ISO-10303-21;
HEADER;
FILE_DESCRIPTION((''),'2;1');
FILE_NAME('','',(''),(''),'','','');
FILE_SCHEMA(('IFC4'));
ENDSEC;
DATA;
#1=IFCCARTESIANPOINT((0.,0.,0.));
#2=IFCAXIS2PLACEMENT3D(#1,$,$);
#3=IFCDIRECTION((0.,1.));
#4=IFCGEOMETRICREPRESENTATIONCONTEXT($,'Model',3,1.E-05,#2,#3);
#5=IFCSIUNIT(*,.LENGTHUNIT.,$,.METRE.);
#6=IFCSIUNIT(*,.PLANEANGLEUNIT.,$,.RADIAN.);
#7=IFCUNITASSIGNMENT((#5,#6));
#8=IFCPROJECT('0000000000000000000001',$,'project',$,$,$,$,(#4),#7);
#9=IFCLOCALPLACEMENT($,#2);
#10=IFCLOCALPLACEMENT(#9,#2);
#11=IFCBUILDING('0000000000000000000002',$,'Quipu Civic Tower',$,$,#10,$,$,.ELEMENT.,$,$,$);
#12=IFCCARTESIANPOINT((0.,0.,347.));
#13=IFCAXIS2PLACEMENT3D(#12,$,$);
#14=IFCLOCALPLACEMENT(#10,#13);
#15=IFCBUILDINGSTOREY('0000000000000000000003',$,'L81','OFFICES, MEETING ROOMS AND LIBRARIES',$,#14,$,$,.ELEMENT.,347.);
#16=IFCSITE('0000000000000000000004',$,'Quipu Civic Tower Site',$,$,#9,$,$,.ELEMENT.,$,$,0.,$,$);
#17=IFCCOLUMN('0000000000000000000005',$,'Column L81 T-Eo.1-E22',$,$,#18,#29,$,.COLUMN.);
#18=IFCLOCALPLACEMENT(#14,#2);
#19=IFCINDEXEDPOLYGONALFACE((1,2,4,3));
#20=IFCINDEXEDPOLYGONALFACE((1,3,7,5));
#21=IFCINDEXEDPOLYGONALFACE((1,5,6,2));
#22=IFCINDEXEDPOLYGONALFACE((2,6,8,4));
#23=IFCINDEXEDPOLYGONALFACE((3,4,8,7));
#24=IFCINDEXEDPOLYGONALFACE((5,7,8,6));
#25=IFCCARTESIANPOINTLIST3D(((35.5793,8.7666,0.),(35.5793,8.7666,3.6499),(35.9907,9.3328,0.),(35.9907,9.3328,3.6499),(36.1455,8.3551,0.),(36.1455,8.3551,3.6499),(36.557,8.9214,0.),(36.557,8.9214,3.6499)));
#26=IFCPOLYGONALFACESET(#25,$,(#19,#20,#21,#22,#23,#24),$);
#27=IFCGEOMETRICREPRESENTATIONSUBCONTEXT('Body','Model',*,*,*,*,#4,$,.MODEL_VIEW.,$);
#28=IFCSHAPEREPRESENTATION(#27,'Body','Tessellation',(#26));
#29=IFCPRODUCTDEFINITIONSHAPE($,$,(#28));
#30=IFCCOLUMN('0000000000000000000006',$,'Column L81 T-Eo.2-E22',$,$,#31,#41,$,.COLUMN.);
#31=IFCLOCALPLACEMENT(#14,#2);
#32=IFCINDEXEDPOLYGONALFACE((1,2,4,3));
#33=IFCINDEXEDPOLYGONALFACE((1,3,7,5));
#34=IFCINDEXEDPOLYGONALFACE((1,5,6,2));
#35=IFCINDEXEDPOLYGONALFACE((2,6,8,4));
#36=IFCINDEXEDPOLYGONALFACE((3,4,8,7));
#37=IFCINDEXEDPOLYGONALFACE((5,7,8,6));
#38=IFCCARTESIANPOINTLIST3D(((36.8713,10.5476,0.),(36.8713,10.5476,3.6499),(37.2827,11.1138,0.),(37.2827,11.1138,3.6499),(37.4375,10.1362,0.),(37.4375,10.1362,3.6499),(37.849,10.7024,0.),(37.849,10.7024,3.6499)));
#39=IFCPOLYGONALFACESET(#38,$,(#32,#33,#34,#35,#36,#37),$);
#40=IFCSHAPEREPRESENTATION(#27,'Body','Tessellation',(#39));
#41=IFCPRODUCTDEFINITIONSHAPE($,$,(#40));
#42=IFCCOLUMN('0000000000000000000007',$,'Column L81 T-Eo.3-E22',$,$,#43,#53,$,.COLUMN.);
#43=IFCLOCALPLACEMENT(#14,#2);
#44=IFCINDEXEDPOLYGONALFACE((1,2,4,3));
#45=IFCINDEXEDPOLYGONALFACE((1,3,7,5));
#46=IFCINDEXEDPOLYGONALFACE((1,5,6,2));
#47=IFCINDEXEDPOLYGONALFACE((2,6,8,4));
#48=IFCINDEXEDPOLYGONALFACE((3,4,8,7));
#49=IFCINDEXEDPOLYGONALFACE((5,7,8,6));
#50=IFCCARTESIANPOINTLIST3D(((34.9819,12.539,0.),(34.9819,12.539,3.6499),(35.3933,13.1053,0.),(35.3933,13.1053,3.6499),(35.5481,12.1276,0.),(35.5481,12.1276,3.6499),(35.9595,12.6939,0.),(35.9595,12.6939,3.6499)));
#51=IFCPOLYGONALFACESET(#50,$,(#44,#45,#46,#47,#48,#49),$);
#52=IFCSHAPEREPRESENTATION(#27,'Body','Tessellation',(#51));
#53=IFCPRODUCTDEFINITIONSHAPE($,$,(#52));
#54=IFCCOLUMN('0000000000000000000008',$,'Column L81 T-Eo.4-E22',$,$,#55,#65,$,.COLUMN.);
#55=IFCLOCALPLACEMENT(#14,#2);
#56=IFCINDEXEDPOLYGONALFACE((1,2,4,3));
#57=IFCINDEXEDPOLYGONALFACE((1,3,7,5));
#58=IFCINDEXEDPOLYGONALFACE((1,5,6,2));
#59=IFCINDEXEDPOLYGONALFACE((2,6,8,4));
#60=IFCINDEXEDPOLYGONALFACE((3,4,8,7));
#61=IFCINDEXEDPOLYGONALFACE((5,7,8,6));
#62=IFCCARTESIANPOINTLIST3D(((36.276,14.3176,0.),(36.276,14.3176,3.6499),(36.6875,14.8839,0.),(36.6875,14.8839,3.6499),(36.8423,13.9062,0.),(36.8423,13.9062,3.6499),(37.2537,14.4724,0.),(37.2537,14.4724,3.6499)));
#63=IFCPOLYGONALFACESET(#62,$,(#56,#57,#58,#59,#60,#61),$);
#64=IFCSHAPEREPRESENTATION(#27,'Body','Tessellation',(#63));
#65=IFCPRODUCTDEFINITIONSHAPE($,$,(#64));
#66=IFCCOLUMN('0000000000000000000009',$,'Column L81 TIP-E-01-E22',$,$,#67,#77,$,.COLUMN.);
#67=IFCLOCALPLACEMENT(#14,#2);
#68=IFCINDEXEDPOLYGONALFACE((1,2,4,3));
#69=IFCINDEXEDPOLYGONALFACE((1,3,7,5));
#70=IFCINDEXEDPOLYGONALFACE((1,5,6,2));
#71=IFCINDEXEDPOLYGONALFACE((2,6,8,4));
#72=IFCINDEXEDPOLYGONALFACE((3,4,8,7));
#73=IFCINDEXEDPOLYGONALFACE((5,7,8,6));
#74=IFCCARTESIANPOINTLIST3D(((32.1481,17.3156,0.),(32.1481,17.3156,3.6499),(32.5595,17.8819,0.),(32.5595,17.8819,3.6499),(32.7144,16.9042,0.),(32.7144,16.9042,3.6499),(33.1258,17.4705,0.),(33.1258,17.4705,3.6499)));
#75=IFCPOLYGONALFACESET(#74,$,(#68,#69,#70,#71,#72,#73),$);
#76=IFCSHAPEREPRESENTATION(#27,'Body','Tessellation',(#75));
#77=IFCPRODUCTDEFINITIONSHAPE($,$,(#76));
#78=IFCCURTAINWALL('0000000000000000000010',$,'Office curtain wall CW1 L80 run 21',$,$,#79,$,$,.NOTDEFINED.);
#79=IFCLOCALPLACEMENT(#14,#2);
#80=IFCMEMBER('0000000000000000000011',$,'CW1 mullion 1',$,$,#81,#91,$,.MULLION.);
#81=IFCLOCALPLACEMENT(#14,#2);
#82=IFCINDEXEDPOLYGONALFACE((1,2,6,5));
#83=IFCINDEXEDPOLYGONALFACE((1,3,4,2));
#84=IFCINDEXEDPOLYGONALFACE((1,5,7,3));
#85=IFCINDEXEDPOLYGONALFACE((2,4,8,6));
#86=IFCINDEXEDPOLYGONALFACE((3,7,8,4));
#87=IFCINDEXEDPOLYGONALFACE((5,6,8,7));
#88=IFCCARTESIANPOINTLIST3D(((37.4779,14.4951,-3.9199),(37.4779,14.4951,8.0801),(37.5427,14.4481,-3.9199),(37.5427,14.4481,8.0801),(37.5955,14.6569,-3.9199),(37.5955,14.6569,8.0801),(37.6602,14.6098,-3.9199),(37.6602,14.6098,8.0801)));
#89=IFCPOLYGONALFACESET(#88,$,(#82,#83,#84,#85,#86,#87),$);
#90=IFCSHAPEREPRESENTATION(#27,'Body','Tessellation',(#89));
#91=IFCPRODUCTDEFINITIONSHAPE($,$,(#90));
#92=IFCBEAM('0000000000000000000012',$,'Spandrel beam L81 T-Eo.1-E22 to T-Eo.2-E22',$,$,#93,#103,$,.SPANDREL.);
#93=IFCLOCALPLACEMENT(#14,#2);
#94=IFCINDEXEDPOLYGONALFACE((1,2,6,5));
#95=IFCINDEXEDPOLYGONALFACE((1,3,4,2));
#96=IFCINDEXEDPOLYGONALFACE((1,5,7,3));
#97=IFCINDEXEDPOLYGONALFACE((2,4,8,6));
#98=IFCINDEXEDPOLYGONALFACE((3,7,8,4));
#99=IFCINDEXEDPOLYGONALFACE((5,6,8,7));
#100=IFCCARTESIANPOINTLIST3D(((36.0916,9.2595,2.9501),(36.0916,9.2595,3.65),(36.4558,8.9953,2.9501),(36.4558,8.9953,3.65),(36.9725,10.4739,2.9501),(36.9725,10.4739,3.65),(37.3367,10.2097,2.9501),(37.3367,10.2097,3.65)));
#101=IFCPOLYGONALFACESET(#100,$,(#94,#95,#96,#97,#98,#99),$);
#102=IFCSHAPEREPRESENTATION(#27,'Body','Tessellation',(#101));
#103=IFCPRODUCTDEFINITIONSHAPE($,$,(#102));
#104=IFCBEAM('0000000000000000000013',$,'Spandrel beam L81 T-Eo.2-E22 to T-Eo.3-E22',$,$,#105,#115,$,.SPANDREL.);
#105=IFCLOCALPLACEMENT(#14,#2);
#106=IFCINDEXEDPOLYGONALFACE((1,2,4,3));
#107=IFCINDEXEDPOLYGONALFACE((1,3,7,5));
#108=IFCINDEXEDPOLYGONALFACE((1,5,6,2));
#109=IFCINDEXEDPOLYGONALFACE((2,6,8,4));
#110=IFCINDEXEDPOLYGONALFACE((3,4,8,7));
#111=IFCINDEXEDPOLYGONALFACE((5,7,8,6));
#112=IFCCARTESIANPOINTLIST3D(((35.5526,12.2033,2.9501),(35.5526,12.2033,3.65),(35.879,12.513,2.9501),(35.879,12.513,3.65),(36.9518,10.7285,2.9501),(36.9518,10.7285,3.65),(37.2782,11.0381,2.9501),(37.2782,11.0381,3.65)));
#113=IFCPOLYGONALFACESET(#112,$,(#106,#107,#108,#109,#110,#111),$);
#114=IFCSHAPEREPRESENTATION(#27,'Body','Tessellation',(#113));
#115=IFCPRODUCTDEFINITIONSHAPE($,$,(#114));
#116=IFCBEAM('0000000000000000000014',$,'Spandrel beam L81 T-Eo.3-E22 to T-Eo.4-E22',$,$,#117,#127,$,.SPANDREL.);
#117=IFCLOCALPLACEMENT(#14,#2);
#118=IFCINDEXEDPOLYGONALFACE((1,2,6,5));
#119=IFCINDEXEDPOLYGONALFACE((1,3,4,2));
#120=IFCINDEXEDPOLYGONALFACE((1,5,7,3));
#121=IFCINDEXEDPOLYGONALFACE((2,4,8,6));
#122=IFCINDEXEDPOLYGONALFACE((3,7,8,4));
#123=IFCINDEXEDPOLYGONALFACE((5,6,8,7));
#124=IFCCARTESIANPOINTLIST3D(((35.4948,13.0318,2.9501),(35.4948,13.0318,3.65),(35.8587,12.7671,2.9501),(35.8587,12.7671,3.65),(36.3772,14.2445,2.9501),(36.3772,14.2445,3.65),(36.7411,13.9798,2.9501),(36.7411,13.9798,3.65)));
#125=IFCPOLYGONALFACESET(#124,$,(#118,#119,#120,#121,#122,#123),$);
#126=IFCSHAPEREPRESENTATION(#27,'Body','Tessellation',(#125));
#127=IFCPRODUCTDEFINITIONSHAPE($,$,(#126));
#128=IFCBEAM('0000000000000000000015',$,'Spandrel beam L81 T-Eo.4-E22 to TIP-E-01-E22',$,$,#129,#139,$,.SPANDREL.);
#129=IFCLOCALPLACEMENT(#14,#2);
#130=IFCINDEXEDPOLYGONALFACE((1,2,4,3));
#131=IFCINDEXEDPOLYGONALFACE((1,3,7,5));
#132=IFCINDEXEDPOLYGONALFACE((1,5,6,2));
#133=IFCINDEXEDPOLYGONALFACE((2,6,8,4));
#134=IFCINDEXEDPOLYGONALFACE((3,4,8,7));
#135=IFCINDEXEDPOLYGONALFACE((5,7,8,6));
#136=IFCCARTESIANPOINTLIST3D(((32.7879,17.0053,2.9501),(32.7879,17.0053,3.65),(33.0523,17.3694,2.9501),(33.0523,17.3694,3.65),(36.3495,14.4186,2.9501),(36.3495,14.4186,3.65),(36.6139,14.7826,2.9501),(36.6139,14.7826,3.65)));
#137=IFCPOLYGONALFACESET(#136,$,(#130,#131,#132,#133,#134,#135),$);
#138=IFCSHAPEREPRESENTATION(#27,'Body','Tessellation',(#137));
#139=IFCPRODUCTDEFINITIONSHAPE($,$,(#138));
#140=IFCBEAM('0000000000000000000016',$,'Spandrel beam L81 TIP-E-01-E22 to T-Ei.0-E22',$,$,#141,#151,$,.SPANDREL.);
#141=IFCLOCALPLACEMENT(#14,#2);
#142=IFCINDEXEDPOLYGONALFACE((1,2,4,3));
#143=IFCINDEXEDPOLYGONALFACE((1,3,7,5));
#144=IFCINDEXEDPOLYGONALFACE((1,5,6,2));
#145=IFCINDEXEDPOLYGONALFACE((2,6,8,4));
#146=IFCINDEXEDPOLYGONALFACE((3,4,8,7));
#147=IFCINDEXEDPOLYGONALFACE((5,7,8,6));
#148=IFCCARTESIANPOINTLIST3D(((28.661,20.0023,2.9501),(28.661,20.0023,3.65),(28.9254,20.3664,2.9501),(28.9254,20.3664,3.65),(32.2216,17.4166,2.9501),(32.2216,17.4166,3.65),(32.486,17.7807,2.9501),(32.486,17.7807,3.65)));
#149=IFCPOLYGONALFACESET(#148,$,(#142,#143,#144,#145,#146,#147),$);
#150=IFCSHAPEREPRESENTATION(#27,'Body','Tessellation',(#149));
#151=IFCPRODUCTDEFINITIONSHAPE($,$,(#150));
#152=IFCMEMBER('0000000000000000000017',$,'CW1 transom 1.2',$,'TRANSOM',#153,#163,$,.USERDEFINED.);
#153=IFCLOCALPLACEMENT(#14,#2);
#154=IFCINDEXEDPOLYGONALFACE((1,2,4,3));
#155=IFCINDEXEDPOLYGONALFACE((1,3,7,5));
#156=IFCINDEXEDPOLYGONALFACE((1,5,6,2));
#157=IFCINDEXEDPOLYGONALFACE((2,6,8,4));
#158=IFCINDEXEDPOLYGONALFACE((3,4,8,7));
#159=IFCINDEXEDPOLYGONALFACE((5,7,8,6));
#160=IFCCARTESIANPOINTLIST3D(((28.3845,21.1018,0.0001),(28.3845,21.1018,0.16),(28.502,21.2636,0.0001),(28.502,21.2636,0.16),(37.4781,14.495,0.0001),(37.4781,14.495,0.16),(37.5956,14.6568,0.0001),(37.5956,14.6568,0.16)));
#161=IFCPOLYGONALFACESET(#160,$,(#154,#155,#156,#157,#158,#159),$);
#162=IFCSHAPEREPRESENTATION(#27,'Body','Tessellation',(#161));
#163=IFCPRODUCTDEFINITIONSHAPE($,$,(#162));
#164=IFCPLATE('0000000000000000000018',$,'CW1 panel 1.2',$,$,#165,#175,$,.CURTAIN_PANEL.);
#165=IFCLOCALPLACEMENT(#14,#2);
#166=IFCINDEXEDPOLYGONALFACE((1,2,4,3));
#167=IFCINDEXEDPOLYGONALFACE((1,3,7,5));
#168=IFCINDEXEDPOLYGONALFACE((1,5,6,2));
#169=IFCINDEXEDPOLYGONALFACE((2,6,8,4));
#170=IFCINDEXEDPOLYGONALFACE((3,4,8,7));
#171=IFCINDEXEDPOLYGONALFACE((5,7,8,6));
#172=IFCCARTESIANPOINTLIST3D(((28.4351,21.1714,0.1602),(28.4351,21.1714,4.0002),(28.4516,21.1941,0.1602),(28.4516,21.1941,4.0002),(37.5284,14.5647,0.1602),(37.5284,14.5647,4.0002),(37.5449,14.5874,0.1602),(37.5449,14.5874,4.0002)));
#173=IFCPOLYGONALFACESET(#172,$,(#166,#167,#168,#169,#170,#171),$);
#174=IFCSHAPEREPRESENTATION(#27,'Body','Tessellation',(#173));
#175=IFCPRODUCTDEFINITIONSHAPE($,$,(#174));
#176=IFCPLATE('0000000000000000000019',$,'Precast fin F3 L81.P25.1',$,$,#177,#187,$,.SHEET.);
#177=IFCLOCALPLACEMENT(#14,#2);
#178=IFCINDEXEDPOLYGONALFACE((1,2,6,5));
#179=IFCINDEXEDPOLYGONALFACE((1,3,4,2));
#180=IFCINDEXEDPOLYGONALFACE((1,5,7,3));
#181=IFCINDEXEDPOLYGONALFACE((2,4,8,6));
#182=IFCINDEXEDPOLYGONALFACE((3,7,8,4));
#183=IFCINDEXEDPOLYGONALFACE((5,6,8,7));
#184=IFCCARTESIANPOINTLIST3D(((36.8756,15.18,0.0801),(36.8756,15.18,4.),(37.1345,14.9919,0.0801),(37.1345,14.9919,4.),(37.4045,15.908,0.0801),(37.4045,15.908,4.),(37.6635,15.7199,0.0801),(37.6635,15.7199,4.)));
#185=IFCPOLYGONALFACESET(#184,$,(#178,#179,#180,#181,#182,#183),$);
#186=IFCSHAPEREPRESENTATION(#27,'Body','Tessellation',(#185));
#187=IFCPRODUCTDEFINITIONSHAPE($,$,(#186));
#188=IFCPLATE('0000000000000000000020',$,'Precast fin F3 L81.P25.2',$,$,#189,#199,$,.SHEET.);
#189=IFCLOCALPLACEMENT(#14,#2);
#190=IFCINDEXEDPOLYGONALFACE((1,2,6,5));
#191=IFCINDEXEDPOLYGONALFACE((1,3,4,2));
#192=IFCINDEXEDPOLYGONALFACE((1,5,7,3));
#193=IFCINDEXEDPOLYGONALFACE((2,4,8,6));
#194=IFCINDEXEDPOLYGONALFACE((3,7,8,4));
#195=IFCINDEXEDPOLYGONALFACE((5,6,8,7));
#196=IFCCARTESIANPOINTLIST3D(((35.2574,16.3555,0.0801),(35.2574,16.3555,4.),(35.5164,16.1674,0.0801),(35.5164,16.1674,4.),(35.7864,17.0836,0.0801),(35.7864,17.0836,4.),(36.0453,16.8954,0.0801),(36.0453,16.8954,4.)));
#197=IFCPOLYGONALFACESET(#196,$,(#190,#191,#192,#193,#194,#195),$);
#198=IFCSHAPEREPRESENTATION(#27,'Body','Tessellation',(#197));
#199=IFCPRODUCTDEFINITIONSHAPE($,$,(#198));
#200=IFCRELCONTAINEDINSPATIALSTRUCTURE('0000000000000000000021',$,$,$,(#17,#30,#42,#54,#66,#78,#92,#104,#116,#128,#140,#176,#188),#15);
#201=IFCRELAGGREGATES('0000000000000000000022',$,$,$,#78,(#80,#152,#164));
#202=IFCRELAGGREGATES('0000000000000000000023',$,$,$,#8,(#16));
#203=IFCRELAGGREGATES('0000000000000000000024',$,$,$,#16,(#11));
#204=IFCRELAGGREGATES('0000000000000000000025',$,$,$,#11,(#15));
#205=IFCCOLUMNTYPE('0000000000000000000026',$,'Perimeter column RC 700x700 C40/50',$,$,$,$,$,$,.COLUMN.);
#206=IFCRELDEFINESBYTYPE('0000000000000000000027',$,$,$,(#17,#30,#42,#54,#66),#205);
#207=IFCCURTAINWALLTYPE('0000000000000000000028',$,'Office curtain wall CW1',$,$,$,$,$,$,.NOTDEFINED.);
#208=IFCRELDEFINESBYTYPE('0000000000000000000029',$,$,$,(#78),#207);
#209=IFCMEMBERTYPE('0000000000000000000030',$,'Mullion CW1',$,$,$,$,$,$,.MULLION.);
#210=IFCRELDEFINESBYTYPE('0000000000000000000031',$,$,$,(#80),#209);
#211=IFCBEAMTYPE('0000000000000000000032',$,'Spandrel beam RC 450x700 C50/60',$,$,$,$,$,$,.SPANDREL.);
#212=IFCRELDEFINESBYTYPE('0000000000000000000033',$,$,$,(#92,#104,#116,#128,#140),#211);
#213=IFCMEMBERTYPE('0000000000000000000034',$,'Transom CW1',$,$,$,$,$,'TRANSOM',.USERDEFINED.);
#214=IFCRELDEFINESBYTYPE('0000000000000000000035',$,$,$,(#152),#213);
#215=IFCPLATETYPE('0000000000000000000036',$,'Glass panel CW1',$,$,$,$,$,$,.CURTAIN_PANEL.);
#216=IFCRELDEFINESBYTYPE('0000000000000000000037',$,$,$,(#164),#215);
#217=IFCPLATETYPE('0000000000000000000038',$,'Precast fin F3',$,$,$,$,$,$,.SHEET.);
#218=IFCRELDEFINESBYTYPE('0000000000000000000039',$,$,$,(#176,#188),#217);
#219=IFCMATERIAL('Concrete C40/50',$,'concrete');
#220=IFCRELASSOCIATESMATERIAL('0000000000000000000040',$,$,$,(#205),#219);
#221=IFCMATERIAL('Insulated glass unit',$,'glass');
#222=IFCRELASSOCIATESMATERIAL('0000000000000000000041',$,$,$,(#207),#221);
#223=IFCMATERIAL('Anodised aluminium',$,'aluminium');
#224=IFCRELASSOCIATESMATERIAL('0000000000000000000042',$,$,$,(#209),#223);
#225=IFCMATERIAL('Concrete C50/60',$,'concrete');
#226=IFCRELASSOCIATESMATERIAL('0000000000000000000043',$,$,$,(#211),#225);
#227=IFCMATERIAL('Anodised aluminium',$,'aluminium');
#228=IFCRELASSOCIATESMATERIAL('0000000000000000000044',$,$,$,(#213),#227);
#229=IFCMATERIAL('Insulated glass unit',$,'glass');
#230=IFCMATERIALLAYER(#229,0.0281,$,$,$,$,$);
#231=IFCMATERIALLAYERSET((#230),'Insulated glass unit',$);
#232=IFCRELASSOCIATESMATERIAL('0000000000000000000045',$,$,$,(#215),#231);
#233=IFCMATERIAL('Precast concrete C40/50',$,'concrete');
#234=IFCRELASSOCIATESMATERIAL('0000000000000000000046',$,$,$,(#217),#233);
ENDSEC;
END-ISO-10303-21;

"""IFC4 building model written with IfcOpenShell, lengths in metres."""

from ifc_helpers import new_model, si_unit, direction, frame, origin, origin_2d, place, context, subcontext, project, spatial, rectangle, extrude, material, layer, layer_set, material_profile, profile_set, type_object, element, aggregate, save


model = new_model("IFC4")

# Units and contexts
model_context = context("Model", 3, precision=1e-05, world=origin(), true_north=direction((0.0, 1.0)))
body_context = subcontext(model_context, "Body", "Model", "MODEL_VIEW")
ifc_project = project(units=[si_unit("LENGTHUNIT", "METRE"), si_unit("PLANEANGLEUNIT", "RADIAN")], contexts=[model_context])

# Site, building, storey
site_placement = place(None, origin())
site = spatial("IfcSite", under=ifc_project, at=site_placement, Name="Quipu Civic Tower Site", CompositionType="ELEMENT", RefElevation=0.0)
building_placement = place(site_placement, origin())
building = spatial("IfcBuilding", under=site, at=building_placement, Name="Quipu Civic Tower", CompositionType="ELEMENT")
storey_placement = place(building_placement, frame((0.0, 0.0, 347.0)))
storey = spatial("IfcBuildingStorey", under=building, at=storey_placement, Name="L81", Description="OFFICES, MEETING ROOMS AND LIBRARIES", CompositionType="ELEMENT", Elevation=347.0)

# Columns
ifc_material_1 = material(Name="Concrete C40/50", Category="concrete")
ifc_material_profile_1 = material_profile(ifc_material_1, rectangle(XDim=0.7, YDim=0.7, at=origin_2d()), Name="RC700x700")
ifc_profile_set_1 = profile_set([ifc_material_profile_1], Name="Concrete C40/50")
column_type = type_object("IfcColumnType", Name="Perimeter column RC 700x700 C40/50", PredefinedType="COLUMN", material=ifc_profile_set_1)
for number, where, z_axis, x_axis, name in (
    (1, (36.0681, 8.844, 0.0), (0.0, 0.0, 1.0), (0.587785, 0.809017, 0.0), "Column L81 T-Eo.1-E22"),
    (2, (37.3601, 10.625, 0.0), (0.0, 0.0, 1.0), (0.587785, 0.809017, 0.0), "Column L81 T-Eo.2-E22"),
    (3, (35.4707, 12.6165, 0.0), (0.0, 0.0, 1.0), (-0.809017, 0.587785, 0.0), "Column L81 T-Eo.3-E22"),
    (4, (36.7649, 14.395, 0.0), (0.0, 0.0, 1.0), (-0.809017, 0.587785, 0.0), "Column L81 T-Eo.4-E22"),
    (5, (32.637, 17.3931, 0.0), (0.0, 0.0, 1.0), (-0.809017, 0.587785, 0.0), "Column L81 TIP-E-01-E22"),
):
    element("IfcColumn", number, at=place(storey_placement, frame(where, z_axis=z_axis, x_axis=x_axis)), inside=storey, type_object=column_type, Name=name, PredefinedType="COLUMN", context=body_context, shape_type="SweptSolid", body=[
        extrude(rectangle(XDim=0.7, YDim=0.7, at=origin_2d()), origin(), (0.0, 0.0, 1.0), 3.6499),
    ])

# Curtain wall, member
ifc_material_2 = material(Name="Insulated glass unit", Category="glass")
curtain_wall_type = type_object("IfcCurtainWallType", Name="Office curtain wall CW1", PredefinedType="NOTDEFINED", material=ifc_material_2)
curtain_wall_placement = place(storey_placement, origin())
curtain_wall = element("IfcCurtainWall", 6, at=curtain_wall_placement, inside=storey, type_object=curtain_wall_type, Name="Office curtain wall CW1 L80 run 21", PredefinedType="NOTDEFINED")
ifc_material_3 = material(Name="Anodised aluminium", Category="aluminium")
ifc_material_profile_2 = material_profile(ifc_material_3, rectangle(XDim=0.2, YDim=0.0801, at=origin_2d()), Name="RECT 200x80")
ifc_profile_set_2 = profile_set([ifc_material_profile_2], Name="Anodised aluminium")
member_type_1 = type_object("IfcMemberType", Name="Mullion CW1", PredefinedType="MULLION", material=ifc_profile_set_2)
member_1_placement = place(storey_placement, frame((37.5691, 14.5525, -3.9199), z_axis=(0.0, 0.0, 1.0), x_axis=(-0.587788, -0.809015, 0.0)))
member_1 = element("IfcMember", 7, at=member_1_placement, type_object=member_type_1, Name="CW1 mullion 1", PredefinedType="MULLION", context=body_context, shape_type="SweptSolid", body=[
    extrude(rectangle(XDim=0.2, YDim=0.0801, at=origin_2d()), origin(), (0.0, 0.0, 1.0), 12.0),
])

# Beams
ifc_material_4 = material(Name="Concrete C50/60", Category="concrete")
ifc_material_profile_3 = material_profile(ifc_material_4, rectangle(XDim=0.45, YDim=0.7, at=origin_2d()), Name="RC450x700")
ifc_profile_set_3 = profile_set([ifc_material_profile_3], Name="Concrete C50/60")
beam_type = type_object("IfcBeamType", Name="Spandrel beam RC 450x700 C50/60", PredefinedType="SPANDREL", material=ifc_profile_set_3)
beam_1_placement = place(storey_placement, frame((36.2737, 9.1274, 3.3), z_axis=(0.587165, 0.809467, 0.0), x_axis=(-0.809467, 0.587165, 0.0)))
element("IfcBeam", 8, at=beam_1_placement, inside=storey, type_object=beam_type, Name="Spandrel beam L81 T-Eo.1-E22 to T-Eo.2-E22", PredefinedType="SPANDREL", context=body_context, shape_type="SweptSolid", body=[
    extrude(rectangle(XDim=0.45, YDim=0.7, at=origin_2d()), origin(), (0.0, 0.0, 1.0), 1.5002),
])
beam_2_placement = place(storey_placement, frame((37.115, 10.8833, 3.3), z_axis=(-0.688247, 0.725476, 0.0), x_axis=(-0.725476, -0.688247, 0.0)))
element("IfcBeam", 9, at=beam_2_placement, inside=storey, type_object=beam_type, Name="Spandrel beam L81 T-Eo.2-E22 to T-Eo.3-E22", PredefinedType="SPANDREL", context=body_context, shape_type="SweptSolid", body=[
    extrude(rectangle(XDim=0.45, YDim=0.7, at=origin_2d()), origin(), (0.0, 0.0, 1.0), 2.033),
])
beam_3_placement = place(storey_placement, frame((35.6768, 12.8994, 3.3), z_axis=(0.588346, 0.808609, 0.0), x_axis=(-0.808609, 0.588346, 0.0)))
element("IfcBeam", 10, at=beam_3_placement, inside=storey, type_object=beam_type, Name="Spandrel beam L81 T-Eo.3-E22 to T-Eo.4-E22", PredefinedType="SPANDREL", context=body_context, shape_type="SweptSolid", body=[
    extrude(rectangle(XDim=0.45, YDim=0.7, at=origin_2d()), origin(), (0.0, 0.0, 1.0), 1.4998),
])
beam_4_placement = place(storey_placement, frame((36.4817, 14.6006, 3.3), z_axis=(-0.809117, 0.587647, 0.0), x_axis=(-0.587647, -0.809117, 0.0)))
element("IfcBeam", 11, at=beam_4_placement, inside=storey, type_object=beam_type, Name="Spandrel beam L81 T-Eo.4-E22 to TIP-E-01-E22", PredefinedType="SPANDREL", context=body_context, shape_type="SweptSolid", body=[
    extrude(rectangle(XDim=0.45, YDim=0.7, at=origin_2d()), origin(), (0.0, 0.0, 1.0), 4.4019),
])
beam_5_placement = place(storey_placement, frame((32.3538, 17.5986, 3.3), z_axis=(-0.809146, 0.587607, 0.0), x_axis=(-0.587607, -0.809146, 0.0)))
element("IfcBeam", 12, at=beam_5_placement, inside=storey, type_object=beam_type, Name="Spandrel beam L81 TIP-E-01-E22 to T-Ei.0-E22", PredefinedType="SPANDREL", context=body_context, shape_type="SweptSolid", body=[
    extrude(rectangle(XDim=0.45, YDim=0.7, at=origin_2d()), origin(), (0.0, 0.0, 1.0), 4.4004),
])

# Member
ifc_material_5 = material(Name="Anodised aluminium", Category="aluminium")
ifc_material_profile_4 = material_profile(ifc_material_5, rectangle(XDim=0.2, YDim=0.1599, at=origin_2d()), Name="RECT 200x160")
ifc_profile_set_4 = profile_set([ifc_material_profile_4], Name="Anodised aluminium")
member_type_2 = type_object("IfcMemberType", Name="Transom CW1", ElementType="TRANSOM", PredefinedType="USERDEFINED", material=ifc_profile_set_4)
member_2_placement = place(storey_placement, frame((37.5369, 14.5759, 0.0801), z_axis=(-0.809022, 0.587778, 0.0), x_axis=(-0.587778, -0.809022, 0.0)))
member_2 = element("IfcMember", 13, at=member_2_placement, type_object=member_type_2, Name="CW1 transom 1.2", ObjectType="TRANSOM", PredefinedType="USERDEFINED", context=body_context, shape_type="SweptSolid", body=[
    extrude(rectangle(XDim=0.2, YDim=0.1599, at=origin_2d()), origin(), (0.0, 0.0, 1.0), 11.2402),
])

# Plate
ifc_material_6 = material(Name="Insulated glass unit", Category="glass")
ifc_layer_1 = layer(ifc_material_6, 0.0281)
ifc_layer_set_1 = layer_set([ifc_layer_1], Name="Insulated glass unit")
plate_type_1 = type_object("IfcPlateType", Name="Glass panel CW1", PredefinedType="CURTAIN_PANEL", material=ifc_layer_set_1)
plate_placement = place(storey_placement, frame((32.99, 17.8794, 0.1602), z_axis=(0.0, 0.0, 1.0), x_axis=(-0.809015, 0.587788, 0.0)))
plate = element("IfcPlate", 14, at=plate_placement, type_object=plate_type_1, Name="CW1 panel 1.2", PredefinedType="CURTAIN_PANEL", context=body_context, shape_type="SweptSolid", body=[
    extrude(rectangle(XDim=11.24, YDim=0.0281, at=origin_2d()), origin(), (0.0, 0.0, 1.0), 3.8401),
])
aggregate(curtain_wall, [member_1, member_2, plate])

# Plates
ifc_material_7 = material(Name="Precast concrete C40/50", Category="concrete")
plate_type_2 = type_object("IfcPlateType", Name="Precast fin F3", PredefinedType="SHEET", material=ifc_material_7)
for number, where, z_axis, x_axis, name in (
    (15, (37.2695, 15.45, 0.0801), (0.0, 0.0, 1.0), (-0.809017, 0.587785, 0.0), "Precast fin F3 L81.P25.1"),
    (16, (35.6514, 16.6255, 0.0801), (0.0, 0.0, 1.0), (-0.809017, 0.587785, 0.0), "Precast fin F3 L81.P25.2"),
):
    element("IfcPlate", number, at=place(storey_placement, frame(where, z_axis=z_axis, x_axis=x_axis)), inside=storey, type_object=plate_type_2, Name=name, PredefinedType="SHEET", context=body_context, shape_type="SweptSolid", body=[
        extrude(rectangle(XDim=0.3201, YDim=0.8999, at=origin_2d()), origin(), (0.0, 0.0, 1.0), 3.9199),
    ])

save(model, "model.ifc")
